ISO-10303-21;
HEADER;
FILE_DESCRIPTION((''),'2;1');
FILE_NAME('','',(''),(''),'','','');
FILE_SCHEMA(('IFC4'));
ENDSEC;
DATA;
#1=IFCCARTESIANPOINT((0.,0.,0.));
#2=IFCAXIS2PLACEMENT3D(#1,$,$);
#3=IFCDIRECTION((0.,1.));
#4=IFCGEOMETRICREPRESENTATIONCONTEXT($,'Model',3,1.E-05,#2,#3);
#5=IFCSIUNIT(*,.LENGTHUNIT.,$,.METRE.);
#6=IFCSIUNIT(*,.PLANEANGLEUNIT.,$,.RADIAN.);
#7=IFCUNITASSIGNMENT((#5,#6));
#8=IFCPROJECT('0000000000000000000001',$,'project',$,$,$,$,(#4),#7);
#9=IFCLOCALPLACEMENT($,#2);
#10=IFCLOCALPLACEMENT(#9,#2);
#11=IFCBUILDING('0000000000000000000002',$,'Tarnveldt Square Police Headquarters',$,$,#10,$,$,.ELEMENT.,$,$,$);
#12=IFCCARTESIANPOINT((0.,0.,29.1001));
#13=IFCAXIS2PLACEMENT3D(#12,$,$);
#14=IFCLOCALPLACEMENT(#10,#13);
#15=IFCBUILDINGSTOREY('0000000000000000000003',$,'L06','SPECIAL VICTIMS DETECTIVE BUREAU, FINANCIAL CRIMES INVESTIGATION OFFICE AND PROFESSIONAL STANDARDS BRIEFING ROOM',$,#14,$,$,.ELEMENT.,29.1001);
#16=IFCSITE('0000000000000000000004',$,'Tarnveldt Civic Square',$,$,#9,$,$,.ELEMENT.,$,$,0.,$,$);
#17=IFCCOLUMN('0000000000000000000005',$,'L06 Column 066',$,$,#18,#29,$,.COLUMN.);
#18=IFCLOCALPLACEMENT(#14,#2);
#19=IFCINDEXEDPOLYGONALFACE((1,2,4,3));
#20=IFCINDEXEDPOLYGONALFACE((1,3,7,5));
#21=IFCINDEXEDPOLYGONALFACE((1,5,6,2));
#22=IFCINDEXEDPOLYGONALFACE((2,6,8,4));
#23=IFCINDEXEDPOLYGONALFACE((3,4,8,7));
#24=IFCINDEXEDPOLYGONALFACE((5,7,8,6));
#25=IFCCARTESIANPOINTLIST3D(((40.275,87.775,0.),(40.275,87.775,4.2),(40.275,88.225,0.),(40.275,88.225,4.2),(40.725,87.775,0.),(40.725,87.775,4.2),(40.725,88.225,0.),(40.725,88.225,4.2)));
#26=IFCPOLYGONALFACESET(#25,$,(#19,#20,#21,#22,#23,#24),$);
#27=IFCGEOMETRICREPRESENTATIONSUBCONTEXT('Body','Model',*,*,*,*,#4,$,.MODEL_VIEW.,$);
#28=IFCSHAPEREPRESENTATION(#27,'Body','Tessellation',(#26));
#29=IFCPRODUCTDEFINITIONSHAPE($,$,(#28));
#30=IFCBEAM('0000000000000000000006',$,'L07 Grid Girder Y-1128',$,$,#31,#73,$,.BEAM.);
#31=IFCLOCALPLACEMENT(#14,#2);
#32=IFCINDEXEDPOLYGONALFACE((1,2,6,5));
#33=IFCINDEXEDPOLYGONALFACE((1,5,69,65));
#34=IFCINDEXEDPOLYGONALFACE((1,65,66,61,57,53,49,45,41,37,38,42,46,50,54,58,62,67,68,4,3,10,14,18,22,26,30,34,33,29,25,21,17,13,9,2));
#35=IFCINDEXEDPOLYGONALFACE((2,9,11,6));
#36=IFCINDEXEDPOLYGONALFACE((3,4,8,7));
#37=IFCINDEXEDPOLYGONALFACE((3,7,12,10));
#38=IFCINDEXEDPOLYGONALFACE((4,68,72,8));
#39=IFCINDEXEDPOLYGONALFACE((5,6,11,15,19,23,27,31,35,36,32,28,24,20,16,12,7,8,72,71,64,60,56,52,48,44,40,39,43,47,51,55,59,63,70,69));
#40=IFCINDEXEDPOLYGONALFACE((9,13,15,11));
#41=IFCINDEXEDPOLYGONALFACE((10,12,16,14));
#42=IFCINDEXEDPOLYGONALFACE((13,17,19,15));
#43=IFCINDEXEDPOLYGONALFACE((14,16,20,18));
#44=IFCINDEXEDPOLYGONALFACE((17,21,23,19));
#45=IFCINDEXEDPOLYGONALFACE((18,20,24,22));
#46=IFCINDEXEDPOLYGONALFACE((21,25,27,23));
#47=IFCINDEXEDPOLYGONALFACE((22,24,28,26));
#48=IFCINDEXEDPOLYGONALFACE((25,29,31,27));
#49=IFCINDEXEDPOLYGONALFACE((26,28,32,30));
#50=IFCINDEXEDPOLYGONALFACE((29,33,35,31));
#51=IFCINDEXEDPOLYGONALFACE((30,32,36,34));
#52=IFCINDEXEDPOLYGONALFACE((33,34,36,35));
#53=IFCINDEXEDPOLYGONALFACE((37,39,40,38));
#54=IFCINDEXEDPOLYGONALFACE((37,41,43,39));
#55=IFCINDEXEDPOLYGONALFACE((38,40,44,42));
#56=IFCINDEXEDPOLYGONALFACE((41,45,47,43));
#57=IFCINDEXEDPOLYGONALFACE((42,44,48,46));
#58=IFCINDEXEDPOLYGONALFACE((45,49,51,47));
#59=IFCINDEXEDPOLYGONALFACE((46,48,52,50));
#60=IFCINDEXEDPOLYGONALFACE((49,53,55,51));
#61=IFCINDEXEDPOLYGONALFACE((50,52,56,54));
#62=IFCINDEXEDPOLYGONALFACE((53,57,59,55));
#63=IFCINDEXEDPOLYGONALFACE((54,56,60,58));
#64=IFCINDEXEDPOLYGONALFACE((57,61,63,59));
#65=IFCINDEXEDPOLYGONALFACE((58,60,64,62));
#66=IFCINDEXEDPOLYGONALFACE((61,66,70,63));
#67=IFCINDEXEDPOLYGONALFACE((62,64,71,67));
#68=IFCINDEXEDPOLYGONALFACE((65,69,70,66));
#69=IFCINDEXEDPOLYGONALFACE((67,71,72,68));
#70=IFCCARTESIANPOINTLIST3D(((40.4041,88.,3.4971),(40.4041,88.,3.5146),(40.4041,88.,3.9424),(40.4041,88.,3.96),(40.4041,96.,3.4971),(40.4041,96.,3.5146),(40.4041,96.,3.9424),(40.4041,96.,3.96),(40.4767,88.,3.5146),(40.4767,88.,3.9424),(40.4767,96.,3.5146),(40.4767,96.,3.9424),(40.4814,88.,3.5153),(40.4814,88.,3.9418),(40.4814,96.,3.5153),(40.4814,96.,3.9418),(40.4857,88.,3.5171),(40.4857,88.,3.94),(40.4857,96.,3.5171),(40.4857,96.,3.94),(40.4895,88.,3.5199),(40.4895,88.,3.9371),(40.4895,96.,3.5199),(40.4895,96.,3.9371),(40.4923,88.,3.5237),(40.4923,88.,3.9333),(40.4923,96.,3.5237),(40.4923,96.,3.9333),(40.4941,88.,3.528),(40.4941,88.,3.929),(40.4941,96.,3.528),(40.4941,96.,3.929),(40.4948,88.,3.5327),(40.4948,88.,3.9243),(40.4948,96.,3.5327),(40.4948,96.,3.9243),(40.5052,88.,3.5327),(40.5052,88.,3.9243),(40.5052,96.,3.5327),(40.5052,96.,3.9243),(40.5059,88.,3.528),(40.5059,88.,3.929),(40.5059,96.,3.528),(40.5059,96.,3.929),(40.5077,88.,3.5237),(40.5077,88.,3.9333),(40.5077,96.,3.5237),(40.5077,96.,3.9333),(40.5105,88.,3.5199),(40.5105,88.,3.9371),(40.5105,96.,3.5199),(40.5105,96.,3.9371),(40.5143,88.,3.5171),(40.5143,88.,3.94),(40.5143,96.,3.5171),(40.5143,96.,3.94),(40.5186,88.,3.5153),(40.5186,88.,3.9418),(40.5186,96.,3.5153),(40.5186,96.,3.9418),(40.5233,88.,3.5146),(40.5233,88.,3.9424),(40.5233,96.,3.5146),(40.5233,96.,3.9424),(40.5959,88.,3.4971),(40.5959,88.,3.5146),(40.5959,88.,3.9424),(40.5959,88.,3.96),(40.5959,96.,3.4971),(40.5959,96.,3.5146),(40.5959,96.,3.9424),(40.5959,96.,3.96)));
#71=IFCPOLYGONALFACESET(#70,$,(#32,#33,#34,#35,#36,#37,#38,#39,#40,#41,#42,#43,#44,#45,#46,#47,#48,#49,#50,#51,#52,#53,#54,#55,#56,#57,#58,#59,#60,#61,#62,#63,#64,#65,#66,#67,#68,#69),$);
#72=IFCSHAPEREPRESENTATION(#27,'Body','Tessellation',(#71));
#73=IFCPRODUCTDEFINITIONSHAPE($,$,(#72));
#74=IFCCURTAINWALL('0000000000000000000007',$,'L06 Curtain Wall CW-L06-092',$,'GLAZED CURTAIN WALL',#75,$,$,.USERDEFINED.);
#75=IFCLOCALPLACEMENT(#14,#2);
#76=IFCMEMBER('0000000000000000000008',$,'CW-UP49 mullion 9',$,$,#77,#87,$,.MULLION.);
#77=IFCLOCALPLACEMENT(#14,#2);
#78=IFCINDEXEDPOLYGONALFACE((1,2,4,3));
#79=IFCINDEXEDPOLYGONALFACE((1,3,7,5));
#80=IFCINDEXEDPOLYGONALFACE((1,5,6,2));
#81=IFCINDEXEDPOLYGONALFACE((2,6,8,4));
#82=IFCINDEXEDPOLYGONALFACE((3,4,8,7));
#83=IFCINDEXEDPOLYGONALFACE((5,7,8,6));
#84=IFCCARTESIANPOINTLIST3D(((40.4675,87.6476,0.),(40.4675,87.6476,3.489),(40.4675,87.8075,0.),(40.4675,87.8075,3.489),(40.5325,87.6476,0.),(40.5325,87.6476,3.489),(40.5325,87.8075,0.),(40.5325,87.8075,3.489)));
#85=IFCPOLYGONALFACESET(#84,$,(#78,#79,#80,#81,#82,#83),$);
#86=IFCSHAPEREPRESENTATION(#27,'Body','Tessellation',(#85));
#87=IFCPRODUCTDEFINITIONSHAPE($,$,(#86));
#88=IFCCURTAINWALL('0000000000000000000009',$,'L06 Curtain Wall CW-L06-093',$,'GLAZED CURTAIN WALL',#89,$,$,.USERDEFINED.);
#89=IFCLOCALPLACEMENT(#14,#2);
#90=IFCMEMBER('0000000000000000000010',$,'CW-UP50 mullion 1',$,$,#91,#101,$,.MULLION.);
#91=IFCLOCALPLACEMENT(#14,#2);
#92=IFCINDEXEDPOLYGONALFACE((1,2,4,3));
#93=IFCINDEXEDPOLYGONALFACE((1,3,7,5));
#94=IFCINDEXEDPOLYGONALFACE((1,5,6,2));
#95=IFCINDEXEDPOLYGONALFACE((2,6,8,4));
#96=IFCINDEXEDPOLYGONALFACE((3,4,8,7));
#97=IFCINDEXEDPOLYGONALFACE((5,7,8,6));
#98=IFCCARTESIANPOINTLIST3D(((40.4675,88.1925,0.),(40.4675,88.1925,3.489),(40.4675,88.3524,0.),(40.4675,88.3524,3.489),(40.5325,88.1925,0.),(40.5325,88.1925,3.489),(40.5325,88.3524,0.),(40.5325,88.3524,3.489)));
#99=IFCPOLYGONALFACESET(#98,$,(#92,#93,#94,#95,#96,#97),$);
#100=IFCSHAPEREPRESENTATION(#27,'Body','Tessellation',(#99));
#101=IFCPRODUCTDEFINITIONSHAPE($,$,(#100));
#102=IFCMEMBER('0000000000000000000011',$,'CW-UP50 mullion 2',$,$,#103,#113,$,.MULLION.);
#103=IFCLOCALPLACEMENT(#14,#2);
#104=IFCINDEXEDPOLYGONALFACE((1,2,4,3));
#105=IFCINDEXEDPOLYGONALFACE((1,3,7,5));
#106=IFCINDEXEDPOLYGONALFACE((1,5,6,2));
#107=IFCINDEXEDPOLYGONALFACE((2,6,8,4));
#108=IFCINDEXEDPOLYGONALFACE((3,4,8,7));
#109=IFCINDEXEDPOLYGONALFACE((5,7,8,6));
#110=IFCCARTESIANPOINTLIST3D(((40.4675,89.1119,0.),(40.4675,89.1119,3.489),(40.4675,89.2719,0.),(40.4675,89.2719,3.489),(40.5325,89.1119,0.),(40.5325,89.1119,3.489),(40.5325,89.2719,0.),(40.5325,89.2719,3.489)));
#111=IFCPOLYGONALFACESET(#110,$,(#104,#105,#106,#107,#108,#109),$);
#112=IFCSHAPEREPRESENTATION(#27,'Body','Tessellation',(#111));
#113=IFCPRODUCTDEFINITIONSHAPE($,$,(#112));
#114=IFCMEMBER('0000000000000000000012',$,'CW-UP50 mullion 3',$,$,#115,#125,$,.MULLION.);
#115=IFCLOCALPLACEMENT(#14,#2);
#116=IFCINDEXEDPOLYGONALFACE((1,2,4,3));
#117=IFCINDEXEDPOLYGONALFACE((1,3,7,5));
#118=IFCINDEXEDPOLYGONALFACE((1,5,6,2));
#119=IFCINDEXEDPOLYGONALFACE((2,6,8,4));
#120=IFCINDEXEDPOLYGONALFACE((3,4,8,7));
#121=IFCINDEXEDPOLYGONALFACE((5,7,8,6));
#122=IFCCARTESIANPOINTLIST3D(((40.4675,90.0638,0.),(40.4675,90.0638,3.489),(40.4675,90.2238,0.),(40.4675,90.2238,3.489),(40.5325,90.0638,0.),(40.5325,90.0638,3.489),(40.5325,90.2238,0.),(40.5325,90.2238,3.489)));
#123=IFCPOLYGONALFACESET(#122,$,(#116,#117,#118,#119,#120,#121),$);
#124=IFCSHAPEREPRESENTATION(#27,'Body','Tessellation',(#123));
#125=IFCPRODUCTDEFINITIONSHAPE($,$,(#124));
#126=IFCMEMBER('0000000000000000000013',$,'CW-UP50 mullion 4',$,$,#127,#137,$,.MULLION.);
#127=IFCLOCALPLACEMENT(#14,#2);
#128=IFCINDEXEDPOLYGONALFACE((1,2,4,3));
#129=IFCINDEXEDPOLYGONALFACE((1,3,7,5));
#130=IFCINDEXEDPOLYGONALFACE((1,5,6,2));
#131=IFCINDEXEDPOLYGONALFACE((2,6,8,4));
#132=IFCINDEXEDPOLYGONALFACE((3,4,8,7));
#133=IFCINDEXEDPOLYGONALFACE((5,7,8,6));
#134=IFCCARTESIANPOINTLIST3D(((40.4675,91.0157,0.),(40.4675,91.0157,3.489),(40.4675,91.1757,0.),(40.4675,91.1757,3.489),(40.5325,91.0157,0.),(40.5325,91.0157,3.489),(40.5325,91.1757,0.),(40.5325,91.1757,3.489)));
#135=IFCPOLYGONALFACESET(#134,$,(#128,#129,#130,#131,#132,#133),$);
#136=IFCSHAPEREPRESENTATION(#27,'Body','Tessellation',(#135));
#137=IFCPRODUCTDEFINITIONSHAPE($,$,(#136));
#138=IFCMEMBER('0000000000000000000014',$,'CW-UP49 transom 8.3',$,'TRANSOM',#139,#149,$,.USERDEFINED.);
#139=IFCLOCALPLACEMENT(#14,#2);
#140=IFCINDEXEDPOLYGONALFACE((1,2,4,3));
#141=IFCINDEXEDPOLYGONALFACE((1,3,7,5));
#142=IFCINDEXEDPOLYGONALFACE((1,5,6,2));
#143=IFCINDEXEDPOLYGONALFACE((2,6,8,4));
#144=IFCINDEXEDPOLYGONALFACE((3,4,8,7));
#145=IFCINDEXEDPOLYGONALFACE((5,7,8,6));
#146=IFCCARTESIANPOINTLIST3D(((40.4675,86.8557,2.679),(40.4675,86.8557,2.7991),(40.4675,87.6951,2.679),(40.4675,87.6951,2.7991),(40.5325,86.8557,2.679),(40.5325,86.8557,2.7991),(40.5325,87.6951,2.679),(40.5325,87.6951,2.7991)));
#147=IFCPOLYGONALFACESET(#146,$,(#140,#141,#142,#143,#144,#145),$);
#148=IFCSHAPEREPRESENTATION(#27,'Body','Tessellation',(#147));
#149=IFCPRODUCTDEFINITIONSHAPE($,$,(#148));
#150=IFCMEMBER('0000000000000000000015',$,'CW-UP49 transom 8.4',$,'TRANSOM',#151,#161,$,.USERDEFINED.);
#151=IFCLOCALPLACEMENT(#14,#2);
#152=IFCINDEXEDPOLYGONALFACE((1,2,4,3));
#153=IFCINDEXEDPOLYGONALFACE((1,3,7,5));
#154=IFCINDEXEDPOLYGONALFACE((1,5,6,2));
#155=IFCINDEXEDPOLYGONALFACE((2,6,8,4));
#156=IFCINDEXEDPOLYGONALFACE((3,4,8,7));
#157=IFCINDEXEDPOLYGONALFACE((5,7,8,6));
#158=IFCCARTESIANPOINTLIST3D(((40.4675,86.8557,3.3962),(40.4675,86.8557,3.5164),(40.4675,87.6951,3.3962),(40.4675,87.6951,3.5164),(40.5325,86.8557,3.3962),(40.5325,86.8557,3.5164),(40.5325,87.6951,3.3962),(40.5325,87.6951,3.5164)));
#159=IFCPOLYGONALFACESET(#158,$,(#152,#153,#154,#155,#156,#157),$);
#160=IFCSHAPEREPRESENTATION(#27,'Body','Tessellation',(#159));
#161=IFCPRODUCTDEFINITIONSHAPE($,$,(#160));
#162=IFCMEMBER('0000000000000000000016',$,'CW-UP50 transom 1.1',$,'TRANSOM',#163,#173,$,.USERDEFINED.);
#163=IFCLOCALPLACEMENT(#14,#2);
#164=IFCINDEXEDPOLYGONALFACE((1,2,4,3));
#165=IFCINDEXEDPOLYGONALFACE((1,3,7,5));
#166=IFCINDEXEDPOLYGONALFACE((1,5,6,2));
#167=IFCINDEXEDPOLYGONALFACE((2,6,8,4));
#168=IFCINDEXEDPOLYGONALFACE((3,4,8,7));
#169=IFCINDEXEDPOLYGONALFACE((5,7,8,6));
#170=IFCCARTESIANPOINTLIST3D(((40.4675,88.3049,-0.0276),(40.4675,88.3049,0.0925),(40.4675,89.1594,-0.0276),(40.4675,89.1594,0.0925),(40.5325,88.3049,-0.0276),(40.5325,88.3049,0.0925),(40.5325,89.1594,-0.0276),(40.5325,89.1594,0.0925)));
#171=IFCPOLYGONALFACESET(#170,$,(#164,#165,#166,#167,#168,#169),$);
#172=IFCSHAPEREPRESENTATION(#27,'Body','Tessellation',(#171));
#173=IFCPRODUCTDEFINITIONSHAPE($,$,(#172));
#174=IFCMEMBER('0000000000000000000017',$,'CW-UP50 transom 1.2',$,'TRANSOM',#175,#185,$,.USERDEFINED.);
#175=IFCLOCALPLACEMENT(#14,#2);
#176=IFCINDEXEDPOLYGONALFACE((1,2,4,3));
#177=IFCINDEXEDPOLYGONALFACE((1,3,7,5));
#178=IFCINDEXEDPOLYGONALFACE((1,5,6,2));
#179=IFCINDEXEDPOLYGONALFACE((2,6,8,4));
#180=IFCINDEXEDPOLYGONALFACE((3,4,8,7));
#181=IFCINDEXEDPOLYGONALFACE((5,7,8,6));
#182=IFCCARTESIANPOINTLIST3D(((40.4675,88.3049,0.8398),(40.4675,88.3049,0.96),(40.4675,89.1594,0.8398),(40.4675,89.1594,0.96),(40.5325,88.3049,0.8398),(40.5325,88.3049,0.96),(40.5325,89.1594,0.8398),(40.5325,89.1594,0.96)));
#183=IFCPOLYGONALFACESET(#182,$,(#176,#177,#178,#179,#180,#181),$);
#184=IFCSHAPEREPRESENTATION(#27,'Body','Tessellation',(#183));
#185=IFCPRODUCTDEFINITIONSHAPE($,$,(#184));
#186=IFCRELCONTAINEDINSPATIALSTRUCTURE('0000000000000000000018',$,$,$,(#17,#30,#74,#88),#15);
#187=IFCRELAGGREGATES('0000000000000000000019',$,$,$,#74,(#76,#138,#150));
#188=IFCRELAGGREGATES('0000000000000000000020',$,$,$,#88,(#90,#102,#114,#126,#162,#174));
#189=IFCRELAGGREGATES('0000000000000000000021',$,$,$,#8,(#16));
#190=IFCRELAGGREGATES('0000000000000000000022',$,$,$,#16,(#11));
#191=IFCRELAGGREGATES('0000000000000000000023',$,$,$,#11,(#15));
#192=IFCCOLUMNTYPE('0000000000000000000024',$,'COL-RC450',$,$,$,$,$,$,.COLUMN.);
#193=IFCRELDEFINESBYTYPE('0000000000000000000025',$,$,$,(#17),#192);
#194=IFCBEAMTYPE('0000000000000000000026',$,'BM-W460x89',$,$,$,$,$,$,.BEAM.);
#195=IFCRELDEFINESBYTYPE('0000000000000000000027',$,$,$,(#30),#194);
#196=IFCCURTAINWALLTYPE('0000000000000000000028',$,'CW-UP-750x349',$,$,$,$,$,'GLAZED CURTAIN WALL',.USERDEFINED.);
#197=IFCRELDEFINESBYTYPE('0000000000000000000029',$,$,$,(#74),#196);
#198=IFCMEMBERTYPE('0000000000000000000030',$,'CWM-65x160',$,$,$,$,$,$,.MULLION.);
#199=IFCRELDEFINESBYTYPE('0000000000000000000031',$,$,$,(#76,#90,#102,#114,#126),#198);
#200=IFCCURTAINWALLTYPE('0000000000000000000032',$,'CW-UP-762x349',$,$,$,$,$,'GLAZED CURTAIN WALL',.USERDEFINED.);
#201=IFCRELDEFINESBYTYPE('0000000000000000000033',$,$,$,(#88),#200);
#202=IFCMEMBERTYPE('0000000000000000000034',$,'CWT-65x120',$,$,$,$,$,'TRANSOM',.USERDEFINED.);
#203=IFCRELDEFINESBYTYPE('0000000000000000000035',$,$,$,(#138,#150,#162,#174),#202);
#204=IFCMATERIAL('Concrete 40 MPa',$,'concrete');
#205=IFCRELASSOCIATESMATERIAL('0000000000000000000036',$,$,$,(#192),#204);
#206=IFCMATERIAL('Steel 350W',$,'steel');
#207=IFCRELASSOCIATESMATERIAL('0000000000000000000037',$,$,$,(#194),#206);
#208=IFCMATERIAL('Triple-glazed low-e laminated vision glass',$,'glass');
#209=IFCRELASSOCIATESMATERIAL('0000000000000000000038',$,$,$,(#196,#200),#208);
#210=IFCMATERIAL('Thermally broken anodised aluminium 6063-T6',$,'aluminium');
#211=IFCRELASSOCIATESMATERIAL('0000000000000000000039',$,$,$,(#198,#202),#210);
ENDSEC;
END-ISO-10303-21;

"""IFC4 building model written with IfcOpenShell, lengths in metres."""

from ifc_helpers import new_model, si_unit, direction, frame, origin, origin_2d, place, context, subcontext, project, spatial, rectangle, i_section, extrude, material, material_profile, profile_set, type_object, element, aggregate, save


model = new_model("IFC4")

# Units and contexts
model_context = context("Model", 3, precision=1e-05, world=origin(), true_north=direction((0.0, 1.0)))
body_context = subcontext(model_context, "Body", "Model", "MODEL_VIEW")
ifc_project = project(units=[si_unit("LENGTHUNIT", "METRE"), si_unit("PLANEANGLEUNIT", "RADIAN")], contexts=[model_context])

# Site, building, storey
site_placement = place(None, origin())
site = spatial("IfcSite", under=ifc_project, at=site_placement, Name="Tarnveldt Civic Square", CompositionType="ELEMENT", RefElevation=0.0)
building_placement = place(site_placement, origin())
building = spatial("IfcBuilding", under=site, at=building_placement, Name="Tarnveldt Square Police Headquarters", CompositionType="ELEMENT")
storey_placement = place(building_placement, frame((0.0, 0.0, 29.1001)))
storey = spatial("IfcBuildingStorey", under=building, at=storey_placement, Name="L06", Description="SPECIAL VICTIMS DETECTIVE BUREAU, FINANCIAL CRIMES INVESTIGATION OFFICE AND PROFESSIONAL STANDARDS BRIEFING ROOM", CompositionType="ELEMENT", Elevation=29.1001)

# Column
ifc_material_1 = material(Name="Concrete 40 MPa", Category="concrete")
ifc_material_profile_1 = material_profile(ifc_material_1, rectangle(XDim=0.45, YDim=0.45, at=origin_2d()), Name="RC-C450x450")
ifc_profile_set_1 = profile_set([ifc_material_profile_1], Name="Concrete 40 MPa")
column_type = type_object("IfcColumnType", Name="COL-RC450", PredefinedType="COLUMN", material=ifc_profile_set_1)
column_placement = place(storey_placement, frame((40.5, 88.0, 0.0), z_axis=(0.0, 0.0, 1.0), x_axis=(1.0, 0.0, 0.0)))
element("IfcColumn", 1, at=column_placement, inside=storey, type_object=column_type, Name="L06 Column 066", PredefinedType="COLUMN", context=body_context, shape_type="SweptSolid", body=[
    extrude(rectangle(XDim=0.45, YDim=0.45, at=origin_2d()), origin(), (0.0, 0.0, 1.0), 4.2),
])

# Beam
ifc_material_2 = material(Name="Steel 350W", Category="steel")
ifc_material_profile_2 = material_profile(ifc_material_2, i_section(OverallWidth=0.1919, OverallDepth=0.4629, WebThickness=0.0105, FlangeThickness=0.0176, FilletRadius=0.0181, at=origin_2d()), Name="W460x89")
ifc_profile_set_2 = profile_set([ifc_material_profile_2], Name="Steel 350W")
beam_type = type_object("IfcBeamType", Name="BM-W460x89", PredefinedType="BEAM", material=ifc_profile_set_2)
beam_placement = place(storey_placement, frame((40.5, 88.0, 3.7285), z_axis=(0.0, 1.0, 0.0), x_axis=(-1.0, 0.0, 0.0)))
element("IfcBeam", 2, at=beam_placement, inside=storey, type_object=beam_type, Name="L07 Grid Girder Y-1128", PredefinedType="BEAM", context=body_context, shape_type="SweptSolid", body=[
    extrude(i_section(OverallWidth=0.1919, OverallDepth=0.4629, WebThickness=0.0105, FlangeThickness=0.0176, FilletRadius=0.0181, at=origin_2d()), origin(), (0.0, 0.0, 1.0), 8.0),
])

# Curtain wall, member
ifc_material_3 = material(Name="Triple-glazed low-e laminated vision glass", Category="glass")
curtain_wall_type_1 = type_object("IfcCurtainWallType", Name="CW-UP-750x349", ElementType="GLAZED CURTAIN WALL", PredefinedType="USERDEFINED", material=ifc_material_3)
curtain_wall_1_placement = place(storey_placement, origin())
curtain_wall_1 = element("IfcCurtainWall", 3, at=curtain_wall_1_placement, inside=storey, type_object=curtain_wall_type_1, Name="L06 Curtain Wall CW-L06-092", ObjectType="GLAZED CURTAIN WALL", PredefinedType="USERDEFINED")
ifc_material_4 = material(Name="Thermally broken anodised aluminium 6063-T6", Category="aluminium")
ifc_material_profile_3 = material_profile(ifc_material_4, rectangle(XDim=0.0649, YDim=0.1599, at=origin_2d()), Name="CW-M65x160")
ifc_profile_set_3 = profile_set([ifc_material_profile_3], Name="Thermally broken anodised aluminium 6063-T6")
member_type_1 = type_object("IfcMemberType", Name="CWM-65x160", PredefinedType="MULLION", material=ifc_profile_set_3)
member_1_placement = place(storey_placement, frame((40.5, 87.7275, 0.0), z_axis=(0.0, 0.0, 1.0), x_axis=(-1.0, 0.0, 0.0)))
member_1 = element("IfcMember", 4, at=member_1_placement, type_object=member_type_1, Name="CW-UP49 mullion 9", PredefinedType="MULLION", context=body_context, shape_type="SweptSolid", body=[
    extrude(rectangle(XDim=0.0649, YDim=0.1599, at=origin_2d()), origin(), (0.0, 0.0, 1.0), 3.489),
])

# Curtain wall, members
curtain_wall_type_2 = type_object("IfcCurtainWallType", Name="CW-UP-762x349", ElementType="GLAZED CURTAIN WALL", PredefinedType="USERDEFINED", material=ifc_material_3)
curtain_wall_2_placement = place(storey_placement, origin())
curtain_wall_2 = element("IfcCurtainWall", 5, at=curtain_wall_2_placement, inside=storey, type_object=curtain_wall_type_2, Name="L06 Curtain Wall CW-L06-093", ObjectType="GLAZED CURTAIN WALL", PredefinedType="USERDEFINED")
member_2_placement = place(storey_placement, frame((40.5, 88.2725, 0.0), z_axis=(0.0, 0.0, 1.0), x_axis=(-1.0, 0.0, 0.0)))
member_2 = element("IfcMember", 6, at=member_2_placement, type_object=member_type_1, Name="CW-UP50 mullion 1", PredefinedType="MULLION", context=body_context, shape_type="SweptSolid", body=[
    extrude(rectangle(XDim=0.0649, YDim=0.1599, at=origin_2d()), origin(), (0.0, 0.0, 1.0), 3.489),
])
member_3_placement = place(storey_placement, frame((40.5, 89.1919, 0.0), z_axis=(0.0, 0.0, 1.0), x_axis=(-1.0, 0.0, 0.0)))
member_3 = element("IfcMember", 7, at=member_3_placement, type_object=member_type_1, Name="CW-UP50 mullion 2", PredefinedType="MULLION", context=body_context, shape_type="SweptSolid", body=[
    extrude(rectangle(XDim=0.0649, YDim=0.1599, at=origin_2d()), origin(), (0.0, 0.0, 1.0), 3.489),
])
member_4_placement = place(storey_placement, frame((40.5, 90.1438, 0.0), z_axis=(0.0, 0.0, 1.0), x_axis=(-1.0, 0.0, 0.0)))
member_4 = element("IfcMember", 8, at=member_4_placement, type_object=member_type_1, Name="CW-UP50 mullion 3", PredefinedType="MULLION", context=body_context, shape_type="SweptSolid", body=[
    extrude(rectangle(XDim=0.0649, YDim=0.1599, at=origin_2d()), origin(), (0.0, 0.0, 1.0), 3.489),
])
member_5_placement = place(storey_placement, frame((40.5, 91.0957, 0.0), z_axis=(0.0, 0.0, 1.0), x_axis=(-1.0, 0.0, 0.0)))
member_5 = element("IfcMember", 9, at=member_5_placement, type_object=member_type_1, Name="CW-UP50 mullion 4", PredefinedType="MULLION", context=body_context, shape_type="SweptSolid", body=[
    extrude(rectangle(XDim=0.0649, YDim=0.1599, at=origin_2d()), origin(), (0.0, 0.0, 1.0), 3.489),
])

# Members
ifc_material_profile_4 = material_profile(ifc_material_4, rectangle(XDim=0.0649, YDim=0.1201, at=origin_2d()), Name="CW-T65x120")
ifc_profile_set_4 = profile_set([ifc_material_profile_4], Name="Thermally broken anodised aluminium 6063-T6")
member_type_2 = type_object("IfcMemberType", Name="CWT-65x120", ElementType="TRANSOM", PredefinedType="USERDEFINED", material=ifc_profile_set_4)
member_6_placement = place(storey_placement, frame((40.5, 86.8557, 2.739), z_axis=(0.0, 1.0, 0.0), x_axis=(-1.0, 0.0, 0.0)))
member_6 = element("IfcMember", 10, at=member_6_placement, type_object=member_type_2, Name="CW-UP49 transom 8.3", ObjectType="TRANSOM", PredefinedType="USERDEFINED", context=body_context, shape_type="SweptSolid", body=[
    extrude(rectangle(XDim=0.0649, YDim=0.1201, at=origin_2d()), origin(), (0.0, 0.0, 1.0), 0.8394),
])
member_7_placement = place(storey_placement, frame((40.5, 86.8557, 3.4563), z_axis=(0.0, 1.0, 0.0), x_axis=(-1.0, 0.0, 0.0)))
member_7 = element("IfcMember", 11, at=member_7_placement, type_object=member_type_2, Name="CW-UP49 transom 8.4", ObjectType="TRANSOM", PredefinedType="USERDEFINED", context=body_context, shape_type="SweptSolid", body=[
    extrude(rectangle(XDim=0.0649, YDim=0.1201, at=origin_2d()), origin(), (0.0, 0.0, 1.0), 0.8394),
])
member_8_placement = place(storey_placement, frame((40.5, 88.3049, 0.0325), z_axis=(0.0, 1.0, 0.0), x_axis=(-1.0, 0.0, 0.0)))
member_8 = element("IfcMember", 12, at=member_8_placement, type_object=member_type_2, Name="CW-UP50 transom 1.1", ObjectType="TRANSOM", PredefinedType="USERDEFINED", context=body_context, shape_type="SweptSolid", body=[
    extrude(rectangle(XDim=0.0649, YDim=0.1201, at=origin_2d()), origin(), (0.0, 0.0, 1.0), 0.8545),
])
member_9_placement = place(storey_placement, frame((40.5, 88.3049, 0.8999), z_axis=(0.0, 1.0, 0.0), x_axis=(-1.0, 0.0, 0.0)))
member_9 = element("IfcMember", 13, at=member_9_placement, type_object=member_type_2, Name="CW-UP50 transom 1.2", ObjectType="TRANSOM", PredefinedType="USERDEFINED", context=body_context, shape_type="SweptSolid", body=[
    extrude(rectangle(XDim=0.0649, YDim=0.1201, at=origin_2d()), origin(), (0.0, 0.0, 1.0), 0.8545),
])

aggregate(curtain_wall_1, [member_1, member_6, member_7])
aggregate(curtain_wall_2, [member_2, member_3, member_4, member_5, member_8, member_9])

save(model, "model.ifc")
